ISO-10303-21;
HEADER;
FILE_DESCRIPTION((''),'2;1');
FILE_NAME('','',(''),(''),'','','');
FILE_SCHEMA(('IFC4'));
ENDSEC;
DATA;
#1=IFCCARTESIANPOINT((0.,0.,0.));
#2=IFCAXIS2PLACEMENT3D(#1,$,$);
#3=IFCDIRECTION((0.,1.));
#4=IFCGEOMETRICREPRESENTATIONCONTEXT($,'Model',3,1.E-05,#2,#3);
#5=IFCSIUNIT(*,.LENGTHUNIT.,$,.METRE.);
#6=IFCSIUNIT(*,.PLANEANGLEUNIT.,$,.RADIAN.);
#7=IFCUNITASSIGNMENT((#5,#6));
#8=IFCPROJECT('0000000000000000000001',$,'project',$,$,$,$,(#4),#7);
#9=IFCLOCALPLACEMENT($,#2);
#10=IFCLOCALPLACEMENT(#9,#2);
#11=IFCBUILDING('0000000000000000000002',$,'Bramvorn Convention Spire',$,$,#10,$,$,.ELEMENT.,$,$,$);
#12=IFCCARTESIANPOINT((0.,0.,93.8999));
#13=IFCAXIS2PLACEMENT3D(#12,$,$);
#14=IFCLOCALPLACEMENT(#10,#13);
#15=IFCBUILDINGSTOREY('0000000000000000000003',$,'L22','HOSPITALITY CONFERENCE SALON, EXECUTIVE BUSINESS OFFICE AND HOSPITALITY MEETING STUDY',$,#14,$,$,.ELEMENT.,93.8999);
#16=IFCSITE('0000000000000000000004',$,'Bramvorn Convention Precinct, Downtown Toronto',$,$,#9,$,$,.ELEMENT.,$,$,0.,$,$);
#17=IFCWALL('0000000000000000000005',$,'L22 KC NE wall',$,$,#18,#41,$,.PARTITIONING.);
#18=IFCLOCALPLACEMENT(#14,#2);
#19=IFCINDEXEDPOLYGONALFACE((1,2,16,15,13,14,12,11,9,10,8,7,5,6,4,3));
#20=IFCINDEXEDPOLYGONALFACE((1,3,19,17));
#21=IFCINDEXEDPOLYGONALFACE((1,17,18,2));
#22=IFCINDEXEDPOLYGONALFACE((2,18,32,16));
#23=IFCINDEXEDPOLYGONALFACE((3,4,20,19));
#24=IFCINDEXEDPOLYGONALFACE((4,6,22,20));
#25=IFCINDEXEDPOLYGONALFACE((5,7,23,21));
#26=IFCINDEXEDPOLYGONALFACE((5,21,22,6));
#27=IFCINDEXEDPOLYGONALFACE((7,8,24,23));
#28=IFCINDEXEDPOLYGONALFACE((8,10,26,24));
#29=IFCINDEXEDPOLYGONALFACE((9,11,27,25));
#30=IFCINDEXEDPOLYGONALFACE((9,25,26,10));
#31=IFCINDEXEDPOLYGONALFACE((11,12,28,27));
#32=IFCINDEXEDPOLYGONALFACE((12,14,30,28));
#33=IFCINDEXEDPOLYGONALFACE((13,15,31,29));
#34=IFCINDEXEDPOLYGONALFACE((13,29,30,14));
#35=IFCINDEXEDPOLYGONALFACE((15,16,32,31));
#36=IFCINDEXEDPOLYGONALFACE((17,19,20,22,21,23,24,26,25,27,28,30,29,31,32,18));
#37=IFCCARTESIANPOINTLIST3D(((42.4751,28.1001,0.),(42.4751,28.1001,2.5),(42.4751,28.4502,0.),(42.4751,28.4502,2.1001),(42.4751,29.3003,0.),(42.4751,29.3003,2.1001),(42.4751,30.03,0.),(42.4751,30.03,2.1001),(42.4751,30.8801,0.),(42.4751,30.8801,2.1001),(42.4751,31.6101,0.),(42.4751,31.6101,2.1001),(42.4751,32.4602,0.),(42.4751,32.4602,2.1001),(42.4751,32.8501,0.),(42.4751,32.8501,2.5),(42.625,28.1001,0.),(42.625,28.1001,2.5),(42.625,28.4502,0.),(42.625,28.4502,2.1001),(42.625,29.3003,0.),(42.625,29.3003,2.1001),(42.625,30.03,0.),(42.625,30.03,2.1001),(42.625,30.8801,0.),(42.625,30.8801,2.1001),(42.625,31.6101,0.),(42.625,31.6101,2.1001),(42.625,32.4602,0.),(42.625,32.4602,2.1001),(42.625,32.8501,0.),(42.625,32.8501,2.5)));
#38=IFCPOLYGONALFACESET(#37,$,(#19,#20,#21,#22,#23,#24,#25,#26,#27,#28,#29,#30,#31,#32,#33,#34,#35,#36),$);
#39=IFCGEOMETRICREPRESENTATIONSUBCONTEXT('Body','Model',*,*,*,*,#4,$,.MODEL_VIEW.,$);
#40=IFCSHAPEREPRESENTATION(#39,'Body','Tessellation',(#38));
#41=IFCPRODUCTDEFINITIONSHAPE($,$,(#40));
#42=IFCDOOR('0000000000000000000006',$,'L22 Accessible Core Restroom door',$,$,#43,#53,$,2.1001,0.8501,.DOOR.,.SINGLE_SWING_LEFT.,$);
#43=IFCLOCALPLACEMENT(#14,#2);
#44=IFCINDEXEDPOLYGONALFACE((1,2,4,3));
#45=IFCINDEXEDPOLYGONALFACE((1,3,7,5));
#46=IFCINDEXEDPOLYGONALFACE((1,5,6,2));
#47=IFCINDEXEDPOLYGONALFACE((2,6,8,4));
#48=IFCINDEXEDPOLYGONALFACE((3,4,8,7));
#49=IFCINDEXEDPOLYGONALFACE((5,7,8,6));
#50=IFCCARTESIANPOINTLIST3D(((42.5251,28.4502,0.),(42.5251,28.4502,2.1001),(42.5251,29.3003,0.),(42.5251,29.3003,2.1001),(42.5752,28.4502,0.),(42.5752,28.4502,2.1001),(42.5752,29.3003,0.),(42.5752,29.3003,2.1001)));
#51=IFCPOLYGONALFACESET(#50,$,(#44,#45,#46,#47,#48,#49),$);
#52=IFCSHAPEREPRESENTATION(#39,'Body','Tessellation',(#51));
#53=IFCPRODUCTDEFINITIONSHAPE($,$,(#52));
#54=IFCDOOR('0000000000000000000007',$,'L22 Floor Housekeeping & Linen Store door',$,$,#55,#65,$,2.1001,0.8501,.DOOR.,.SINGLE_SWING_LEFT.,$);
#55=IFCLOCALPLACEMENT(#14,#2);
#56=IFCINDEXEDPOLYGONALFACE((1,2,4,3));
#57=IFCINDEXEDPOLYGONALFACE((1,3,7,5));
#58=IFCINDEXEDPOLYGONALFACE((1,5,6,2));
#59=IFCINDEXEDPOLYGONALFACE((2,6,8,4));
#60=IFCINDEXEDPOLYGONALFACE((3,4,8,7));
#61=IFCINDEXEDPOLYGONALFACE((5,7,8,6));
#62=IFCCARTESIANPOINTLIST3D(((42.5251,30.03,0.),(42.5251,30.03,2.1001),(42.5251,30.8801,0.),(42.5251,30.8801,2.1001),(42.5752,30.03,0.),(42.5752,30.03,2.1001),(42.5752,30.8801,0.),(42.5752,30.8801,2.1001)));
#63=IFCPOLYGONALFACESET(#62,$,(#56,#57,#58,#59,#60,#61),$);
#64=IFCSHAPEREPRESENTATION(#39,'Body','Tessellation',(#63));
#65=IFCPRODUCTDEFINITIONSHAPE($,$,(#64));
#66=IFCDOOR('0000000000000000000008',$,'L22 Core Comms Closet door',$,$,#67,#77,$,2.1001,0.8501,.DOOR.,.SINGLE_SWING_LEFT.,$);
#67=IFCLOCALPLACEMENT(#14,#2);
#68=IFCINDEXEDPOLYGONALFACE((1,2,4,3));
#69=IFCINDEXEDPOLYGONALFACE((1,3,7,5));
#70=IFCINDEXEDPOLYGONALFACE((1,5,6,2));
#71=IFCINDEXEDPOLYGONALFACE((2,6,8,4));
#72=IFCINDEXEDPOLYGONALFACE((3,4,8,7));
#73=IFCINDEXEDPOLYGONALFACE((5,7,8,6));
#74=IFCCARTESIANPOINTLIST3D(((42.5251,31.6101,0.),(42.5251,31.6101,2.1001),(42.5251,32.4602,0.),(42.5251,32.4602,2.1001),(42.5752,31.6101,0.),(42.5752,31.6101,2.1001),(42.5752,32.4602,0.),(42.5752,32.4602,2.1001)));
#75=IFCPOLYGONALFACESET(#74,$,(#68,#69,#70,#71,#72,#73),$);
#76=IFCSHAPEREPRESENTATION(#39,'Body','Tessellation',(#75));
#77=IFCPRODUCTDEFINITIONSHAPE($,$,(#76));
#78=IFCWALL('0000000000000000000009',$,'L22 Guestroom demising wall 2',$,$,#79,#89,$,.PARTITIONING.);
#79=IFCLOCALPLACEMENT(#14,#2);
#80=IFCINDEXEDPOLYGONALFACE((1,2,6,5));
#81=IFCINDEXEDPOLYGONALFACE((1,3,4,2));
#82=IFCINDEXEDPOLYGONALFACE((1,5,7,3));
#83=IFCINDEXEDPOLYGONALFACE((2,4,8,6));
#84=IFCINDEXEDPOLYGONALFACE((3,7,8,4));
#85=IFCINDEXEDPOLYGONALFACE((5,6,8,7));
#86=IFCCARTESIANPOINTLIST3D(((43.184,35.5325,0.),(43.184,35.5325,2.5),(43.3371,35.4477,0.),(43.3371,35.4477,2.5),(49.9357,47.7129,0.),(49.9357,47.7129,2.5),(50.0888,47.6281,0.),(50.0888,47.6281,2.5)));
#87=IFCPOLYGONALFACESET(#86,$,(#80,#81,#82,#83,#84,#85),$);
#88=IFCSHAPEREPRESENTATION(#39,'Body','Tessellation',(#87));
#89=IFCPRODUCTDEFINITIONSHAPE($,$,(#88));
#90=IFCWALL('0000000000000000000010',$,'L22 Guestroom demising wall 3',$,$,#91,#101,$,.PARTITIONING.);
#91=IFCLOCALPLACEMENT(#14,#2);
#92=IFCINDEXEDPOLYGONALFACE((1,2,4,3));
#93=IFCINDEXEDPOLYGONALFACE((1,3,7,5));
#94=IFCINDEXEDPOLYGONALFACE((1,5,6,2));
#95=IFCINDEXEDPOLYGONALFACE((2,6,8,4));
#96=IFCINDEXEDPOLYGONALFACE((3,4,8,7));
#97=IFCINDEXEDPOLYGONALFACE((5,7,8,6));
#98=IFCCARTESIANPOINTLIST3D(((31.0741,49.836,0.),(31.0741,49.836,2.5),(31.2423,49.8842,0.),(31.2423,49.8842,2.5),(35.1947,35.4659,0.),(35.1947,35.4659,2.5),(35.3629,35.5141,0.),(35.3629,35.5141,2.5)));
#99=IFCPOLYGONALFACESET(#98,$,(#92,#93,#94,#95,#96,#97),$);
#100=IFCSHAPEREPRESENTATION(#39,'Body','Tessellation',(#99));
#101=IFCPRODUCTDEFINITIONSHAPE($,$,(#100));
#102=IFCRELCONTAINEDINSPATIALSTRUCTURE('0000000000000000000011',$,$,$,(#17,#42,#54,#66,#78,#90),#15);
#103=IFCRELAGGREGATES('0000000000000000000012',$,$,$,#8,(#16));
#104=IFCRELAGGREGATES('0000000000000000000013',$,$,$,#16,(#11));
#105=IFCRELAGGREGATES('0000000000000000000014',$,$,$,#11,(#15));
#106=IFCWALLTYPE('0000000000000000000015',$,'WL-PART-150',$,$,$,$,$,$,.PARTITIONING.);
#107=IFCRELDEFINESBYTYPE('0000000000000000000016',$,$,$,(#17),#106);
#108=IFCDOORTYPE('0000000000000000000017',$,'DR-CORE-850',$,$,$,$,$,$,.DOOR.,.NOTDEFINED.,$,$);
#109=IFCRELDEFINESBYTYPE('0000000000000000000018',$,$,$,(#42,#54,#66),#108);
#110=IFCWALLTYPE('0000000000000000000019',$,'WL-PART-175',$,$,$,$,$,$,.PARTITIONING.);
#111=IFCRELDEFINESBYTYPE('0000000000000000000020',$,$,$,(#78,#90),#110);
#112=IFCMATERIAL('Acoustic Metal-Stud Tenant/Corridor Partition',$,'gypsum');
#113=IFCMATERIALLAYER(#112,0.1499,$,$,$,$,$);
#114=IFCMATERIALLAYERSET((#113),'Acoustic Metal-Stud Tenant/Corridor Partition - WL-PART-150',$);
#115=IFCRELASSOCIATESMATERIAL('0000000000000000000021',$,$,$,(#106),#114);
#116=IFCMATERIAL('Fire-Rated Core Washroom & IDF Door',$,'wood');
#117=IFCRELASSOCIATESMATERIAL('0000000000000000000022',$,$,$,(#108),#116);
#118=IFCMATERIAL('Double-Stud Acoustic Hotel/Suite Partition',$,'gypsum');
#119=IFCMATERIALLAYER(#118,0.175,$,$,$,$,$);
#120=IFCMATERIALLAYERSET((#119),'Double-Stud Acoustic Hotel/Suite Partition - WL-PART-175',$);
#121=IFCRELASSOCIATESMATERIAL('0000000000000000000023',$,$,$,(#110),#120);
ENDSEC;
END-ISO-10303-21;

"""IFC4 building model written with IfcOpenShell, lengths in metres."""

from ifc_helpers import new_model, si_unit, direction, frame, frame_2d, origin, place, context, subcontext, project, spatial, rectangle, extrude, material, layer, layer_set, type_object, element, fill, save


model = new_model("IFC4")

# Units and contexts
model_context = context("Model", 3, precision=1e-05, world=origin(), true_north=direction((0.0, 1.0)))
body_context = subcontext(model_context, "Body", "Model", "MODEL_VIEW")
ifc_project = project(units=[si_unit("LENGTHUNIT", "METRE"), si_unit("PLANEANGLEUNIT", "RADIAN")], contexts=[model_context])

# Site, building, storey
site_placement = place(None, origin())
site = spatial("IfcSite", under=ifc_project, at=site_placement, Name="Bramvorn Convention Precinct, Downtown Toronto", CompositionType="ELEMENT", RefElevation=0.0)
building_placement = place(site_placement, origin())
building = spatial("IfcBuilding", under=site, at=building_placement, Name="Bramvorn Convention Spire", CompositionType="ELEMENT")
storey_placement = place(building_placement, frame((0.0, 0.0, 93.8999)))
storey = spatial("IfcBuildingStorey", under=building, at=storey_placement, Name="L22", Description="HOSPITALITY CONFERENCE SALON, EXECUTIVE BUSINESS OFFICE AND HOSPITALITY MEETING STUDY", CompositionType="ELEMENT", Elevation=93.8999)

# Shared definitions
ifc_material_1 = material(Name="Acoustic Metal-Stud Tenant/Corridor Partition", Category="gypsum")
ifc_layer_1 = layer(ifc_material_1, 0.1499)
ifc_layer_set_1 = layer_set([ifc_layer_1], Name="Acoustic Metal-Stud Tenant/Corridor Partition - WL-PART-150")
wall_type_1 = type_object("IfcWallType", Name="WL-PART-150", PredefinedType="PARTITIONING", material=ifc_layer_set_1)

# Wall, openings, doors
wall_1_placement = place(storey_placement, frame((42.55, 28.1001, 0.0), z_axis=(0.0, 0.0, 1.0), x_axis=(0.0, 1.0, 0.0)))
wall_1 = element("IfcWall", 1, at=wall_1_placement, inside=storey, type_object=wall_type_1, Name="L22 KC NE wall", PredefinedType="PARTITIONING", context=body_context, shape_type="SweptSolid", body=[
    extrude(rectangle(XDim=4.75, YDim=0.1499, at=frame_2d((2.375, 0.0))), origin(), (0.0, 0.0, 1.0), 2.5),
])
opening_1_placement = place(wall_1_placement, frame((0.3501, 0.0, 0.0)))
opening_1 = element("IfcOpeningElement", 2, at=opening_1_placement, cuts=wall_1, PredefinedType="OPENING", context=body_context, shape_type="SweptSolid", body=[
    extrude(rectangle(XDim=0.8501, YDim=2.1001, at=frame_2d((0.425, 1.05))), frame((0.0, 0.085, 0.0), z_axis=(0.0, -1.0, 0.0), x_axis=(1.0, 0.0, 0.0)), (0.0, 0.0, 1.0), 0.1699),
])
opening_2_placement = place(wall_1_placement, frame((1.9299, 0.0, 0.0)))
opening_2 = element("IfcOpeningElement", 3, at=opening_2_placement, cuts=wall_1, PredefinedType="OPENING", context=body_context, shape_type="SweptSolid", body=[
    extrude(rectangle(XDim=0.8501, YDim=2.1001, at=frame_2d((0.425, 1.05))), frame((0.0, 0.085, 0.0), z_axis=(0.0, -1.0, 0.0), x_axis=(1.0, 0.0, 0.0)), (0.0, 0.0, 1.0), 0.1699),
])
opening_3_placement = place(wall_1_placement, frame((3.51, 0.0, 0.0)))
opening_3 = element("IfcOpeningElement", 4, at=opening_3_placement, cuts=wall_1, PredefinedType="OPENING", context=body_context, shape_type="SweptSolid", body=[
    extrude(rectangle(XDim=0.8501, YDim=2.1001, at=frame_2d((0.425, 1.05))), frame((0.0, 0.085, 0.0), z_axis=(0.0, -1.0, 0.0), x_axis=(1.0, 0.0, 0.0)), (0.0, 0.0, 1.0), 0.1699),
])
ifc_material_2 = material(Name="Fire-Rated Core Washroom & IDF Door", Category="wood")
door_type_1 = type_object("IfcDoorType", Name="DR-CORE-850", OperationType="NOTDEFINED", PredefinedType="DOOR", material=ifc_material_2)
door_1_placement = place(opening_1_placement, origin())
door_1 = element("IfcDoor", 5, at=door_1_placement, inside=storey, type_object=door_type_1, Name="L22 Accessible Core Restroom door", OperationType="SINGLE_SWING_LEFT", OverallHeight=2.1001, OverallWidth=0.8501, PredefinedType="DOOR", context=body_context, shape_type="SweptSolid", body=[
    extrude(rectangle(XDim=0.8501, YDim=2.1001, at=frame_2d((0.425, 1.05))), frame((0.0, 0.0249, 0.0), z_axis=(0.0, -1.0, 0.0), x_axis=(1.0, 0.0, 0.0)), (0.0, 0.0, 1.0), 0.05),
])
fill(opening_1, door_1)
door_2_placement = place(opening_2_placement, origin())
door_2 = element("IfcDoor", 6, at=door_2_placement, inside=storey, type_object=door_type_1, Name="L22 Floor Housekeeping & Linen Store door", OperationType="SINGLE_SWING_LEFT", OverallHeight=2.1001, OverallWidth=0.8501, PredefinedType="DOOR", context=body_context, shape_type="SweptSolid", body=[
    extrude(rectangle(XDim=0.8501, YDim=2.1001, at=frame_2d((0.425, 1.05))), frame((0.0, 0.0249, 0.0), z_axis=(0.0, -1.0, 0.0), x_axis=(1.0, 0.0, 0.0)), (0.0, 0.0, 1.0), 0.05),
])
fill(opening_2, door_2)
door_3_placement = place(opening_3_placement, origin())
door_3 = element("IfcDoor", 7, at=door_3_placement, inside=storey, type_object=door_type_1, Name="L22 Core Comms Closet door", OperationType="SINGLE_SWING_LEFT", OverallHeight=2.1001, OverallWidth=0.8501, PredefinedType="DOOR", context=body_context, shape_type="SweptSolid", body=[
    extrude(rectangle(XDim=0.8501, YDim=2.1001, at=frame_2d((0.425, 1.05))), frame((0.0, 0.0249, 0.0), z_axis=(0.0, -1.0, 0.0), x_axis=(1.0, 0.0, 0.0)), (0.0, 0.0, 1.0), 0.05),
])
fill(opening_3, door_3)

# Walls
ifc_material_3 = material(Name="Double-Stud Acoustic Hotel/Suite Partition", Category="gypsum")
ifc_layer_2 = layer(ifc_material_3, 0.175)
ifc_layer_set_2 = layer_set([ifc_layer_2], Name="Double-Stud Acoustic Hotel/Suite Partition - WL-PART-175")
wall_type_2 = type_object("IfcWallType", Name="WL-PART-175", PredefinedType="PARTITIONING", material=ifc_layer_set_2)
wall_2_placement = place(storey_placement, frame((43.2605, 35.49, 0.0), z_axis=(0.0, 0.0, 1.0), x_axis=(0.484809, 0.87462, 0.0)))
element("IfcWall", 8, at=wall_2_placement, inside=storey, type_object=wall_type_2, Name="L22 Guestroom demising wall 2", PredefinedType="PARTITIONING", context=body_context, shape_type="SweptSolid", body=[
    extrude(rectangle(XDim=13.9265, YDim=0.175, at=frame_2d((6.9634, 0.0))), origin(), (0.0, 0.0, 1.0), 2.5),
])
wall_3_placement = place(storey_placement, frame((35.2788, 35.49, 0.0), z_axis=(0.0, 0.0, 1.0), x_axis=(-0.27564, 0.961261, 0.0)))
element("IfcWall", 9, at=wall_3_placement, inside=storey, type_object=wall_type_2, Name="L22 Guestroom demising wall 3", PredefinedType="PARTITIONING", context=body_context, shape_type="SweptSolid", body=[
    extrude(rectangle(XDim=14.9492, YDim=0.175, at=frame_2d((7.4746, 0.0))), origin(), (0.0, 0.0, 1.0), 2.5),
])

save(model, "model.ifc")
